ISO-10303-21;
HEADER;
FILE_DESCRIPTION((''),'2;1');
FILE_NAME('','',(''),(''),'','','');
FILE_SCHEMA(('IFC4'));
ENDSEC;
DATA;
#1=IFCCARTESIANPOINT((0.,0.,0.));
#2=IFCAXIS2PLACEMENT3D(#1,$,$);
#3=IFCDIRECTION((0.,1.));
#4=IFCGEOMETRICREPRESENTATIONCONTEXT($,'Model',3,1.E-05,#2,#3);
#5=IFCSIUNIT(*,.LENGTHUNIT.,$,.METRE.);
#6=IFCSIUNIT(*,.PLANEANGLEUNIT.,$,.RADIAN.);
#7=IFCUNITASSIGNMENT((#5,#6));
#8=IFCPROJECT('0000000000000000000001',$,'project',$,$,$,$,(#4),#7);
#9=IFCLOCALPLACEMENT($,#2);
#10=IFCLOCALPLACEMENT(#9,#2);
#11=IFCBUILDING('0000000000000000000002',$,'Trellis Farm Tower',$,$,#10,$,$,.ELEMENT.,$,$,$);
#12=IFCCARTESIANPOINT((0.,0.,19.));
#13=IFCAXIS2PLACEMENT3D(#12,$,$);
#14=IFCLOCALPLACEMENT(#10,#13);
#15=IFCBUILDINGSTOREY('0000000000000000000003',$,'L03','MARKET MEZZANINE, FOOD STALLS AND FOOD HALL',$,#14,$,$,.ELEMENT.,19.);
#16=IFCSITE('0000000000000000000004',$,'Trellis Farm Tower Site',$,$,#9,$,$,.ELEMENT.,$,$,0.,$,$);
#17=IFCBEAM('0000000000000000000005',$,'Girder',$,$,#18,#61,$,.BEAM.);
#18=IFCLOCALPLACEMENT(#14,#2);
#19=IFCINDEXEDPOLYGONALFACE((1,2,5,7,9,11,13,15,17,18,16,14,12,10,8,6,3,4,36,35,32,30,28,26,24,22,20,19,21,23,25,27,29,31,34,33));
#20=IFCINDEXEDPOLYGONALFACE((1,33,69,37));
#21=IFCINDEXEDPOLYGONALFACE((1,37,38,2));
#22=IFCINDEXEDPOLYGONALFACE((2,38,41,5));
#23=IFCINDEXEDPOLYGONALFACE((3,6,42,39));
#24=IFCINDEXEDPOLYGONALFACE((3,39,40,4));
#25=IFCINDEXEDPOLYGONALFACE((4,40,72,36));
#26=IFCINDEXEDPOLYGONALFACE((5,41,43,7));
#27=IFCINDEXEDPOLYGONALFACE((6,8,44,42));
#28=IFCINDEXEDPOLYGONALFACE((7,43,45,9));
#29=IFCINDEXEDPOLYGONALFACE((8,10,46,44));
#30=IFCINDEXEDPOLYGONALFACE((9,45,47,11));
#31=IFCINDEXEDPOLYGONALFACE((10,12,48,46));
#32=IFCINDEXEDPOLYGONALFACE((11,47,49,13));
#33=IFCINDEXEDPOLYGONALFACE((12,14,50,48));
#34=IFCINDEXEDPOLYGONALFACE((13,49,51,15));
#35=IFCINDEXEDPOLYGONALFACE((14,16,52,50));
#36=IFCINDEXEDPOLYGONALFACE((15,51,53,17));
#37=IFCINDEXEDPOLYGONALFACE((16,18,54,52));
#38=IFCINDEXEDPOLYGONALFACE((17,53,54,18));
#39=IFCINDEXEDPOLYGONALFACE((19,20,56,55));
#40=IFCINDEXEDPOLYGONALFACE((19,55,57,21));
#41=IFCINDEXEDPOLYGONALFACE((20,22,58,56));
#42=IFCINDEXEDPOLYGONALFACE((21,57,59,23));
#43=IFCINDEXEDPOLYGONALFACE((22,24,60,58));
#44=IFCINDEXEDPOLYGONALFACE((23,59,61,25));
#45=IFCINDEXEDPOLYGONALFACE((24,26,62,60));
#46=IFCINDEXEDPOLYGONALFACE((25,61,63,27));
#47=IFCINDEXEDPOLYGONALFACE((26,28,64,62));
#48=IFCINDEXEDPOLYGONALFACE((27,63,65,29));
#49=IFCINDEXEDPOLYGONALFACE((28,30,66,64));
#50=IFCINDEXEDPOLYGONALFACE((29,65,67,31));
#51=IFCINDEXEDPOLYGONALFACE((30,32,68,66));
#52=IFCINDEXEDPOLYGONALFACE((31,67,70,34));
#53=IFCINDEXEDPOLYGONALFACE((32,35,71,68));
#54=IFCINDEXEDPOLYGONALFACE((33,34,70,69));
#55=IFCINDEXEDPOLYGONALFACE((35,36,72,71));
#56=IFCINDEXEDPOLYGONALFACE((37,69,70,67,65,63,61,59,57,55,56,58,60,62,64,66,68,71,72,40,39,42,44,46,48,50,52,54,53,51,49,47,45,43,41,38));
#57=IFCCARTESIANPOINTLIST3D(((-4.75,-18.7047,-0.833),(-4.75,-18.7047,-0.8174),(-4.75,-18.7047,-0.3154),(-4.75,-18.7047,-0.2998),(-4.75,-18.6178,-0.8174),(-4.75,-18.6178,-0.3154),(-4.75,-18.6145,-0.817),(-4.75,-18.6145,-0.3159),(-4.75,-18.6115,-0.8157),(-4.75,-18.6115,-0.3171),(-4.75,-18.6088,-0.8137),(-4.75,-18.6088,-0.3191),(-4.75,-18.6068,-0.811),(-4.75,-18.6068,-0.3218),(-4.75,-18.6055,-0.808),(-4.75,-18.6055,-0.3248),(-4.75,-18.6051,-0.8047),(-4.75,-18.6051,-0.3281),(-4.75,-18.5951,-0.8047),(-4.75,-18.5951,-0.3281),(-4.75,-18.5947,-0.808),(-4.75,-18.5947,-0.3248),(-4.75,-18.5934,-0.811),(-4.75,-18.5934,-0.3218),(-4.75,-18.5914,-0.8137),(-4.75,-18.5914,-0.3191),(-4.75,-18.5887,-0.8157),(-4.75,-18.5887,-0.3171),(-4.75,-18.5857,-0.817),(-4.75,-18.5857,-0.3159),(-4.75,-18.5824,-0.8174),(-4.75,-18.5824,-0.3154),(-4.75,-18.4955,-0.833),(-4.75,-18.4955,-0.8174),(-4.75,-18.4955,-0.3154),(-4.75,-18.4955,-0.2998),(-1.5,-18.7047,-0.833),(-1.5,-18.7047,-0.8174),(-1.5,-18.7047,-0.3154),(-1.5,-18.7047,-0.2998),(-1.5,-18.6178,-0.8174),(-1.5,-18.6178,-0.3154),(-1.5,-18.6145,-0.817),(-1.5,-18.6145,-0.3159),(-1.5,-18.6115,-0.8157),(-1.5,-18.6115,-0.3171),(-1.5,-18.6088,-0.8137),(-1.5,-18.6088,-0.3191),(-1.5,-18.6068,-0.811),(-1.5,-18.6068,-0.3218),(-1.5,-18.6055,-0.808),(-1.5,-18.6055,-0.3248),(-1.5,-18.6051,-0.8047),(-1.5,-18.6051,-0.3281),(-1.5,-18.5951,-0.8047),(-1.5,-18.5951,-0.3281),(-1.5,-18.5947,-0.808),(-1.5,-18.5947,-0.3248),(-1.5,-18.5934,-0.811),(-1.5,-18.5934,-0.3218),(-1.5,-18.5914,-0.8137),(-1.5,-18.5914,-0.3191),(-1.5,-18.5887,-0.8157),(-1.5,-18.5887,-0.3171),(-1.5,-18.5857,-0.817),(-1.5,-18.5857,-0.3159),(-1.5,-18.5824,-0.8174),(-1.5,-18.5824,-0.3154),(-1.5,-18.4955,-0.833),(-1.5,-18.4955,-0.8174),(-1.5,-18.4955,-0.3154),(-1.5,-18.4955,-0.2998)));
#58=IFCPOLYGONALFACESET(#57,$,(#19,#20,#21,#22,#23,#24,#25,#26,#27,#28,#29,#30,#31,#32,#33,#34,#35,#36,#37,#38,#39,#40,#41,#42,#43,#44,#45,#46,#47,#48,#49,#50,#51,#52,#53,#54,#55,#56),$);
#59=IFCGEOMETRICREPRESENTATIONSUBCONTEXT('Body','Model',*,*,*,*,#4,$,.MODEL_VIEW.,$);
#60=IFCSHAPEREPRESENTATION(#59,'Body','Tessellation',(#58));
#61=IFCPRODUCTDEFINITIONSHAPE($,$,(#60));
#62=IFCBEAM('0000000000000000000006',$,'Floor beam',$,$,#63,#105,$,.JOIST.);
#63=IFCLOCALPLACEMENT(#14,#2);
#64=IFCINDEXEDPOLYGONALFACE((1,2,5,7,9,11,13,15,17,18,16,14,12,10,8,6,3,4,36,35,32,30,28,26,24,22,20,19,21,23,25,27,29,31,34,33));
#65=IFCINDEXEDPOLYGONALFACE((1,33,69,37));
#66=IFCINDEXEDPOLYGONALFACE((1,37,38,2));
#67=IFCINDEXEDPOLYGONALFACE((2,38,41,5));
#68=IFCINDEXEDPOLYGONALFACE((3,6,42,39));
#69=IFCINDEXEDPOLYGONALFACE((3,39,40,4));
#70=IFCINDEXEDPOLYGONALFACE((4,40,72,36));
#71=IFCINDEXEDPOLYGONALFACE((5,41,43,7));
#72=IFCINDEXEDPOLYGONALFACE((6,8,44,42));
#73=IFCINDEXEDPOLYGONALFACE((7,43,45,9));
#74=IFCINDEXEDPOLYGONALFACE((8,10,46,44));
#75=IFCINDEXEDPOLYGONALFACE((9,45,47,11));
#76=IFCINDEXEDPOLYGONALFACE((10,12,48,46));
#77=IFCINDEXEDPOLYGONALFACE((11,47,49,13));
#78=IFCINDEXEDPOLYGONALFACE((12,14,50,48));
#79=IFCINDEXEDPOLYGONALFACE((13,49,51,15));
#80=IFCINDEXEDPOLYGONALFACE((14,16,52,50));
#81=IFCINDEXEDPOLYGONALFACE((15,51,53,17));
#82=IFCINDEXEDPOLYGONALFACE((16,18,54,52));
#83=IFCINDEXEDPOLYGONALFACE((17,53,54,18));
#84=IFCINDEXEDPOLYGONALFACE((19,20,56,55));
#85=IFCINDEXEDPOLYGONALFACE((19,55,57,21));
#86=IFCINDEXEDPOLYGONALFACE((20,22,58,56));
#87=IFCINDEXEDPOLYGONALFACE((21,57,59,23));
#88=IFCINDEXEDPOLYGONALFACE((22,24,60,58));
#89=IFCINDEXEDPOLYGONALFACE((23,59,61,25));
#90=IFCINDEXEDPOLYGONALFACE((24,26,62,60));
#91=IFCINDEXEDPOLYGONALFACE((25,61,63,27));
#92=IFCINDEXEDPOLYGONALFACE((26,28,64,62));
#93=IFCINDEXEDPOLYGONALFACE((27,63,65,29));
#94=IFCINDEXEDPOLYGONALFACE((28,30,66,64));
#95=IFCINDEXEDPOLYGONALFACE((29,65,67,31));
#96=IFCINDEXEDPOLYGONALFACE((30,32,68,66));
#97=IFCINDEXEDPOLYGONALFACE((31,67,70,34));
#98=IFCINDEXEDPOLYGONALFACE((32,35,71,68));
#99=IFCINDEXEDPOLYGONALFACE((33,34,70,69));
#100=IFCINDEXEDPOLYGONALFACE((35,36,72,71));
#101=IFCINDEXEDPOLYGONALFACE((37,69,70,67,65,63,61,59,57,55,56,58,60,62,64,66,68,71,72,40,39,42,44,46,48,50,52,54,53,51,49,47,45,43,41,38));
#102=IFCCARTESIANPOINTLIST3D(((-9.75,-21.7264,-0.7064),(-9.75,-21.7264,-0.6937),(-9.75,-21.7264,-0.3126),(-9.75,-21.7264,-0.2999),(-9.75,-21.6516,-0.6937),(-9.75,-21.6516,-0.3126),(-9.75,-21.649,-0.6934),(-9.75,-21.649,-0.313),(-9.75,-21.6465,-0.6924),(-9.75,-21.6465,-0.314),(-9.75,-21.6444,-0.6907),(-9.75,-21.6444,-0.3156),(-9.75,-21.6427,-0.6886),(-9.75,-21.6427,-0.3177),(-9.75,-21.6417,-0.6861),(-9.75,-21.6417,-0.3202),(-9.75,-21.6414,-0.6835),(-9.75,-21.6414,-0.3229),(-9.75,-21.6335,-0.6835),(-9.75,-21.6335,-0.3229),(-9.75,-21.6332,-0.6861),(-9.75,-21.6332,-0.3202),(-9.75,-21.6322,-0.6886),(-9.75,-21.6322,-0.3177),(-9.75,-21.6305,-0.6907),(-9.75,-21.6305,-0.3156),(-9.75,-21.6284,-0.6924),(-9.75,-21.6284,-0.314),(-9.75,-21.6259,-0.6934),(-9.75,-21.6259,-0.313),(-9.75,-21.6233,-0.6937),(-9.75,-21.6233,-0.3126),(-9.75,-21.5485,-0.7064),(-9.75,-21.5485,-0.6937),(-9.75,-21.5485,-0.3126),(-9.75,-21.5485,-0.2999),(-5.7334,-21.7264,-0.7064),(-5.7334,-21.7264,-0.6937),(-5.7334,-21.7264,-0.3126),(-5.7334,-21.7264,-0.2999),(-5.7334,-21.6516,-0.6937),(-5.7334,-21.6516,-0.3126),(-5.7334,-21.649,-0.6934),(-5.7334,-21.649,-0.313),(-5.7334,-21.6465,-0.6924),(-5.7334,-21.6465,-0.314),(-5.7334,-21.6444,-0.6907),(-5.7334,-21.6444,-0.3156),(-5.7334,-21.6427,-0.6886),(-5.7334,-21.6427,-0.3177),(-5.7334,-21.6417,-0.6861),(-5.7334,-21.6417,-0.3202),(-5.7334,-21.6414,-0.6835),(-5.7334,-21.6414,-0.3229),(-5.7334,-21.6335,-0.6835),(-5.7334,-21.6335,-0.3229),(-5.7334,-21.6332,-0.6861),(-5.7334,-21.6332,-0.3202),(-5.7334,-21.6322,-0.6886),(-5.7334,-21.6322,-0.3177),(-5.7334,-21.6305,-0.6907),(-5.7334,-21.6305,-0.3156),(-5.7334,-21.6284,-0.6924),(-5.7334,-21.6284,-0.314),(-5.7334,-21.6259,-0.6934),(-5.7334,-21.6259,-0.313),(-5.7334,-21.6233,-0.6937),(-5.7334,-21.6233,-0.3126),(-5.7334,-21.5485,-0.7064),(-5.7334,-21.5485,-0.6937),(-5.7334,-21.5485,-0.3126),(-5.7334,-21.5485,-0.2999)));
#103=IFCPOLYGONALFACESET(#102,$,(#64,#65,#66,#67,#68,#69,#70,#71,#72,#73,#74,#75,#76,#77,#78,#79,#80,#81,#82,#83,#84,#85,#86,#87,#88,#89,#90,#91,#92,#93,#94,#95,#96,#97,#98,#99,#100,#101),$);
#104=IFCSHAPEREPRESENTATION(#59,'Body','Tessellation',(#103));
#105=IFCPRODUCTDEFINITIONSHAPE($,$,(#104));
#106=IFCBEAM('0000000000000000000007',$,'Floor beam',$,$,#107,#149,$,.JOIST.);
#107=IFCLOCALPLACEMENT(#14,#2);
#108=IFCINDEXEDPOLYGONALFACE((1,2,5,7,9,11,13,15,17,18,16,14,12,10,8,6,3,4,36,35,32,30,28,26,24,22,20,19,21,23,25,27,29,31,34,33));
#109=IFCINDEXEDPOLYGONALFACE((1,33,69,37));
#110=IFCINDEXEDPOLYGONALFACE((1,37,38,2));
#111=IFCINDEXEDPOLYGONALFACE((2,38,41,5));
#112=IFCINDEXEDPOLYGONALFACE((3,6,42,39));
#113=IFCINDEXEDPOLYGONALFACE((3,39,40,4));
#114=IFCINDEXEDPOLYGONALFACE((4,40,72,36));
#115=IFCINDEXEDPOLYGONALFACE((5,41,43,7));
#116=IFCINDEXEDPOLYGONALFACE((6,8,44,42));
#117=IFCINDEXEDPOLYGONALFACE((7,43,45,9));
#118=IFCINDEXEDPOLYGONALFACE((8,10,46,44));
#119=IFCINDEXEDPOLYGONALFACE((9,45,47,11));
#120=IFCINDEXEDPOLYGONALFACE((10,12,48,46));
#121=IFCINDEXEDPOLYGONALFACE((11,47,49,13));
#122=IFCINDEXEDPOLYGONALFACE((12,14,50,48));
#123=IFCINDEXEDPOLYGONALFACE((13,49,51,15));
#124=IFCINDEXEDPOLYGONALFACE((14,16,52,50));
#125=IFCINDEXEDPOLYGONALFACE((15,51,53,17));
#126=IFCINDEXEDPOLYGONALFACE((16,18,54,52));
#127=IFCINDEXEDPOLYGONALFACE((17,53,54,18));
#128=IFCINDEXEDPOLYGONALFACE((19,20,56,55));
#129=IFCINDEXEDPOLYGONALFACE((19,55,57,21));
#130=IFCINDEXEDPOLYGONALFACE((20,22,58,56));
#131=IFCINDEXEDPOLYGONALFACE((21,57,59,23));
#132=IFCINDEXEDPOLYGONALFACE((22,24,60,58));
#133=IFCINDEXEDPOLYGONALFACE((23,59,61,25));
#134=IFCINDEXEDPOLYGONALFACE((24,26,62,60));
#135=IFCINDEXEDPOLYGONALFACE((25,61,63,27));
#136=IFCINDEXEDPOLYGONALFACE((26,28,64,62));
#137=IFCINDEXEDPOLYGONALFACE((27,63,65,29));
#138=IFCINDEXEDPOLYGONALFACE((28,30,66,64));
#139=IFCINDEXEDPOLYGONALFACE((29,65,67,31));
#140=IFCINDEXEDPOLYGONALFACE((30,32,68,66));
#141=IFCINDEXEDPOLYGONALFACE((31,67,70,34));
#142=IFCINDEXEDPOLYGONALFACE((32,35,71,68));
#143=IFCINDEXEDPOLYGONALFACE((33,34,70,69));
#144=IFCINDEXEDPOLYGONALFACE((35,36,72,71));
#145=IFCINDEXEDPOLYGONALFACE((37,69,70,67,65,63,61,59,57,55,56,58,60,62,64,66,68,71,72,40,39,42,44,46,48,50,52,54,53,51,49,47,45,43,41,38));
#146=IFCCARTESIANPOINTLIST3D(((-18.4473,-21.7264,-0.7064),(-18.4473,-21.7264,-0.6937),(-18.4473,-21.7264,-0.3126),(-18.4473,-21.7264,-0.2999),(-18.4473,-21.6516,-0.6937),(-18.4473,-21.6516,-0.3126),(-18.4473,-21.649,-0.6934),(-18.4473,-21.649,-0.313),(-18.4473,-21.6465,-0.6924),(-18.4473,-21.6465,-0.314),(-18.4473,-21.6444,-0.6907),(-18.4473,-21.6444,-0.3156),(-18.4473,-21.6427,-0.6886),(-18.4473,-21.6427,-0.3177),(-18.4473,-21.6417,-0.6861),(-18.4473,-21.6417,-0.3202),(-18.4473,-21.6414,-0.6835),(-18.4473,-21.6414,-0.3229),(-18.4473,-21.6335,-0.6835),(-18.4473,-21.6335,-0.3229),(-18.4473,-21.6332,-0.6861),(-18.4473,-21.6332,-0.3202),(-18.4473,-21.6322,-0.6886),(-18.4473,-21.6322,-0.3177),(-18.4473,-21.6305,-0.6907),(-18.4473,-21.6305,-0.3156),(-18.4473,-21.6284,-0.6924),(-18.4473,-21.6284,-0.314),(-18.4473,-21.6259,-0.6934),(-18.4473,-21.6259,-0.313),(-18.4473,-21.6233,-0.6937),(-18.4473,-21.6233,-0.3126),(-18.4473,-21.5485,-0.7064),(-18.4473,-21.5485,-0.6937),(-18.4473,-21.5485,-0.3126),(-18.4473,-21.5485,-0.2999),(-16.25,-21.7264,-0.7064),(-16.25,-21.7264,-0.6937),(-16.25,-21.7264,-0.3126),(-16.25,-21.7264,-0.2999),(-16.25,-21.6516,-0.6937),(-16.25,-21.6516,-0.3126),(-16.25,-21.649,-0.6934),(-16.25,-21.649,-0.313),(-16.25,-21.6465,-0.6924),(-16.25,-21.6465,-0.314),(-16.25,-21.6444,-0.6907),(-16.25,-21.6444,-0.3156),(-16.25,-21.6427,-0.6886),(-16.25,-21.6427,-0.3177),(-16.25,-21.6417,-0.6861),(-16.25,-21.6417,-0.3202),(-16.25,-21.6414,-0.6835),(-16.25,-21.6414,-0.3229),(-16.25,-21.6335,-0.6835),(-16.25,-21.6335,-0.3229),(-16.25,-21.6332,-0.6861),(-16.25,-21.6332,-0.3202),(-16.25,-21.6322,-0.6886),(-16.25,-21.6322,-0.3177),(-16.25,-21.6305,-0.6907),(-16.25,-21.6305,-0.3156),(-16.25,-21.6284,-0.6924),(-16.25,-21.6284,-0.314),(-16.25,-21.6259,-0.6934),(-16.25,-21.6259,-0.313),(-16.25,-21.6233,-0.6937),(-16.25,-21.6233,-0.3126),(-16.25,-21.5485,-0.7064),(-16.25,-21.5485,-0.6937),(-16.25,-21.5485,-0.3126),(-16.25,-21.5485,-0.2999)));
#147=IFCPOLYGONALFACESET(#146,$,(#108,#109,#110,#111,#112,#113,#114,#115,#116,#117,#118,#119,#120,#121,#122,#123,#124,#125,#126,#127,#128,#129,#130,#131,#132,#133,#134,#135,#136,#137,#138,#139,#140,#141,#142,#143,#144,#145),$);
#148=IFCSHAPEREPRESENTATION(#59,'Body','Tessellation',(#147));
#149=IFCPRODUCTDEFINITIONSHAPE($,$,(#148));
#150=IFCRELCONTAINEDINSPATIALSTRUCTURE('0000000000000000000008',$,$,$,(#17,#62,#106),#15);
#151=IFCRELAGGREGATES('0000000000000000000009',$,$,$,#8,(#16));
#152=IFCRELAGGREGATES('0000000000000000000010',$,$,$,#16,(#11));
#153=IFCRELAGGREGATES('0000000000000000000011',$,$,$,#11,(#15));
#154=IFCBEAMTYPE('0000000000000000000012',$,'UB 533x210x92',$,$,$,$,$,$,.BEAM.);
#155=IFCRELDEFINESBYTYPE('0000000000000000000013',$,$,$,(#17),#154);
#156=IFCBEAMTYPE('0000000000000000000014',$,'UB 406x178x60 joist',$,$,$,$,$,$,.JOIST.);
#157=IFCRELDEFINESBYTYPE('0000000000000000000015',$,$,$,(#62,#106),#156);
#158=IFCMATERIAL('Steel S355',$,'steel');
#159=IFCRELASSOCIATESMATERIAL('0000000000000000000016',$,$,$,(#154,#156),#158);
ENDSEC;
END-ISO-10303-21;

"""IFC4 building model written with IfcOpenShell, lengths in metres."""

from ifc_helpers import new_model, si_unit, direction, frame, origin, origin_2d, place, context, subcontext, project, spatial, i_section, extrude, source, transform, mapped, material, material_profile, profile_set, type_object, element, save


model = new_model("IFC4")

# Units and contexts
model_context = context("Model", 3, precision=1e-05, world=origin(), true_north=direction((0.0, 1.0)))
body_context = subcontext(model_context, "Body", "Model", "MODEL_VIEW")
ifc_project = project(units=[si_unit("LENGTHUNIT", "METRE"), si_unit("PLANEANGLEUNIT", "RADIAN")], contexts=[model_context])

# Site, building, storey
site_placement = place(None, origin())
site = spatial("IfcSite", under=ifc_project, at=site_placement, Name="Trellis Farm Tower Site", CompositionType="ELEMENT", RefElevation=0.0)
building_placement = place(site_placement, origin())
building = spatial("IfcBuilding", under=site, at=building_placement, Name="Trellis Farm Tower", CompositionType="ELEMENT")
storey_placement = place(building_placement, frame((0.0, 0.0, 19.0)))
storey = spatial("IfcBuildingStorey", under=building, at=storey_placement, Name="L03", Description="MARKET MEZZANINE, FOOD STALLS AND FOOD HALL", CompositionType="ELEMENT", Elevation=19.0)

# Beams
ifc_material_1 = material(Name="Steel S355", Category="steel")
ifc_material_profile_1 = material_profile(ifc_material_1, i_section(OverallWidth=0.2092, OverallDepth=0.5332, WebThickness=0.01, FlangeThickness=0.0156, FilletRadius=0.0127, at=origin_2d()), Name="UB 533x210x92")
ifc_profile_set_1 = profile_set([ifc_material_profile_1], Name="Steel S355")
beam_type_1 = type_object("IfcBeamType", Name="UB 533x210x92", PredefinedType="BEAM", material=ifc_profile_set_1)
shared_shape_1 = source(origin(), body_context, "Body", "SweptSolid", [
    extrude(i_section(OverallWidth=0.2092, OverallDepth=0.5332, WebThickness=0.01, FlangeThickness=0.0156, FilletRadius=0.0127, at=origin_2d()), origin(), (0.0, 0.0, 1.0), 3.25),
])
beam_1_placement = place(storey_placement, frame((-4.75, -18.6001, -0.5664), z_axis=(1.0, 0.0, 0.0), x_axis=(0.0, 1.0, 0.0)))
element("IfcBeam", 1, at=beam_1_placement, inside=storey, type_object=beam_type_1, Name="Girder", PredefinedType="BEAM", context=body_context, shape_type="MappedRepresentation", body=[
    mapped(shared_shape_1, transform((0.0, 0.0, 0.0))),
])
ifc_material_profile_2 = material_profile(ifc_material_1, i_section(OverallWidth=0.178, OverallDepth=0.4065, WebThickness=0.0078, FlangeThickness=0.0127, FilletRadius=0.0103, at=origin_2d()), Name="UB 406x178x60")
ifc_profile_set_2 = profile_set([ifc_material_profile_2], Name="Steel S355")
beam_type_2 = type_object("IfcBeamType", Name="UB 406x178x60 joist", PredefinedType="JOIST", material=ifc_profile_set_2)
shared_shape_2 = source(origin(), body_context, "Body", "SweptSolid", [
    extrude(i_section(OverallWidth=0.178, OverallDepth=0.4065, WebThickness=0.0078, FlangeThickness=0.0127, FilletRadius=0.0103, at=origin_2d()), origin(), (0.0, 0.0, 1.0), 4.0166),
])
beam_2_placement = place(storey_placement, frame((-9.75, -21.6375, -0.5032), z_axis=(1.0, 0.0, 0.0), x_axis=(0.0, 1.0, 0.0)))
element("IfcBeam", 2, at=beam_2_placement, inside=storey, type_object=beam_type_2, Name="Floor beam", PredefinedType="JOIST", context=body_context, shape_type="MappedRepresentation", body=[
    mapped(shared_shape_2, transform((0.0, 0.0, 0.0))),
])
shared_shape_3 = source(origin(), body_context, "Body", "SweptSolid", [
    extrude(i_section(OverallWidth=0.178, OverallDepth=0.4065, WebThickness=0.0078, FlangeThickness=0.0127, FilletRadius=0.0103, at=origin_2d()), origin(), (0.0, 0.0, 1.0), 2.1973),
])
beam_3_placement = place(storey_placement, frame((-18.4473, -21.6375, -0.5032), z_axis=(1.0, 0.0, 0.0), x_axis=(0.0, 1.0, 0.0)))
element("IfcBeam", 3, at=beam_3_placement, inside=storey, type_object=beam_type_2, Name="Floor beam", PredefinedType="JOIST", context=body_context, shape_type="MappedRepresentation", body=[
    mapped(shared_shape_3, transform((0.0, 0.0, 0.0))),
])

save(model, "model.ifc")
